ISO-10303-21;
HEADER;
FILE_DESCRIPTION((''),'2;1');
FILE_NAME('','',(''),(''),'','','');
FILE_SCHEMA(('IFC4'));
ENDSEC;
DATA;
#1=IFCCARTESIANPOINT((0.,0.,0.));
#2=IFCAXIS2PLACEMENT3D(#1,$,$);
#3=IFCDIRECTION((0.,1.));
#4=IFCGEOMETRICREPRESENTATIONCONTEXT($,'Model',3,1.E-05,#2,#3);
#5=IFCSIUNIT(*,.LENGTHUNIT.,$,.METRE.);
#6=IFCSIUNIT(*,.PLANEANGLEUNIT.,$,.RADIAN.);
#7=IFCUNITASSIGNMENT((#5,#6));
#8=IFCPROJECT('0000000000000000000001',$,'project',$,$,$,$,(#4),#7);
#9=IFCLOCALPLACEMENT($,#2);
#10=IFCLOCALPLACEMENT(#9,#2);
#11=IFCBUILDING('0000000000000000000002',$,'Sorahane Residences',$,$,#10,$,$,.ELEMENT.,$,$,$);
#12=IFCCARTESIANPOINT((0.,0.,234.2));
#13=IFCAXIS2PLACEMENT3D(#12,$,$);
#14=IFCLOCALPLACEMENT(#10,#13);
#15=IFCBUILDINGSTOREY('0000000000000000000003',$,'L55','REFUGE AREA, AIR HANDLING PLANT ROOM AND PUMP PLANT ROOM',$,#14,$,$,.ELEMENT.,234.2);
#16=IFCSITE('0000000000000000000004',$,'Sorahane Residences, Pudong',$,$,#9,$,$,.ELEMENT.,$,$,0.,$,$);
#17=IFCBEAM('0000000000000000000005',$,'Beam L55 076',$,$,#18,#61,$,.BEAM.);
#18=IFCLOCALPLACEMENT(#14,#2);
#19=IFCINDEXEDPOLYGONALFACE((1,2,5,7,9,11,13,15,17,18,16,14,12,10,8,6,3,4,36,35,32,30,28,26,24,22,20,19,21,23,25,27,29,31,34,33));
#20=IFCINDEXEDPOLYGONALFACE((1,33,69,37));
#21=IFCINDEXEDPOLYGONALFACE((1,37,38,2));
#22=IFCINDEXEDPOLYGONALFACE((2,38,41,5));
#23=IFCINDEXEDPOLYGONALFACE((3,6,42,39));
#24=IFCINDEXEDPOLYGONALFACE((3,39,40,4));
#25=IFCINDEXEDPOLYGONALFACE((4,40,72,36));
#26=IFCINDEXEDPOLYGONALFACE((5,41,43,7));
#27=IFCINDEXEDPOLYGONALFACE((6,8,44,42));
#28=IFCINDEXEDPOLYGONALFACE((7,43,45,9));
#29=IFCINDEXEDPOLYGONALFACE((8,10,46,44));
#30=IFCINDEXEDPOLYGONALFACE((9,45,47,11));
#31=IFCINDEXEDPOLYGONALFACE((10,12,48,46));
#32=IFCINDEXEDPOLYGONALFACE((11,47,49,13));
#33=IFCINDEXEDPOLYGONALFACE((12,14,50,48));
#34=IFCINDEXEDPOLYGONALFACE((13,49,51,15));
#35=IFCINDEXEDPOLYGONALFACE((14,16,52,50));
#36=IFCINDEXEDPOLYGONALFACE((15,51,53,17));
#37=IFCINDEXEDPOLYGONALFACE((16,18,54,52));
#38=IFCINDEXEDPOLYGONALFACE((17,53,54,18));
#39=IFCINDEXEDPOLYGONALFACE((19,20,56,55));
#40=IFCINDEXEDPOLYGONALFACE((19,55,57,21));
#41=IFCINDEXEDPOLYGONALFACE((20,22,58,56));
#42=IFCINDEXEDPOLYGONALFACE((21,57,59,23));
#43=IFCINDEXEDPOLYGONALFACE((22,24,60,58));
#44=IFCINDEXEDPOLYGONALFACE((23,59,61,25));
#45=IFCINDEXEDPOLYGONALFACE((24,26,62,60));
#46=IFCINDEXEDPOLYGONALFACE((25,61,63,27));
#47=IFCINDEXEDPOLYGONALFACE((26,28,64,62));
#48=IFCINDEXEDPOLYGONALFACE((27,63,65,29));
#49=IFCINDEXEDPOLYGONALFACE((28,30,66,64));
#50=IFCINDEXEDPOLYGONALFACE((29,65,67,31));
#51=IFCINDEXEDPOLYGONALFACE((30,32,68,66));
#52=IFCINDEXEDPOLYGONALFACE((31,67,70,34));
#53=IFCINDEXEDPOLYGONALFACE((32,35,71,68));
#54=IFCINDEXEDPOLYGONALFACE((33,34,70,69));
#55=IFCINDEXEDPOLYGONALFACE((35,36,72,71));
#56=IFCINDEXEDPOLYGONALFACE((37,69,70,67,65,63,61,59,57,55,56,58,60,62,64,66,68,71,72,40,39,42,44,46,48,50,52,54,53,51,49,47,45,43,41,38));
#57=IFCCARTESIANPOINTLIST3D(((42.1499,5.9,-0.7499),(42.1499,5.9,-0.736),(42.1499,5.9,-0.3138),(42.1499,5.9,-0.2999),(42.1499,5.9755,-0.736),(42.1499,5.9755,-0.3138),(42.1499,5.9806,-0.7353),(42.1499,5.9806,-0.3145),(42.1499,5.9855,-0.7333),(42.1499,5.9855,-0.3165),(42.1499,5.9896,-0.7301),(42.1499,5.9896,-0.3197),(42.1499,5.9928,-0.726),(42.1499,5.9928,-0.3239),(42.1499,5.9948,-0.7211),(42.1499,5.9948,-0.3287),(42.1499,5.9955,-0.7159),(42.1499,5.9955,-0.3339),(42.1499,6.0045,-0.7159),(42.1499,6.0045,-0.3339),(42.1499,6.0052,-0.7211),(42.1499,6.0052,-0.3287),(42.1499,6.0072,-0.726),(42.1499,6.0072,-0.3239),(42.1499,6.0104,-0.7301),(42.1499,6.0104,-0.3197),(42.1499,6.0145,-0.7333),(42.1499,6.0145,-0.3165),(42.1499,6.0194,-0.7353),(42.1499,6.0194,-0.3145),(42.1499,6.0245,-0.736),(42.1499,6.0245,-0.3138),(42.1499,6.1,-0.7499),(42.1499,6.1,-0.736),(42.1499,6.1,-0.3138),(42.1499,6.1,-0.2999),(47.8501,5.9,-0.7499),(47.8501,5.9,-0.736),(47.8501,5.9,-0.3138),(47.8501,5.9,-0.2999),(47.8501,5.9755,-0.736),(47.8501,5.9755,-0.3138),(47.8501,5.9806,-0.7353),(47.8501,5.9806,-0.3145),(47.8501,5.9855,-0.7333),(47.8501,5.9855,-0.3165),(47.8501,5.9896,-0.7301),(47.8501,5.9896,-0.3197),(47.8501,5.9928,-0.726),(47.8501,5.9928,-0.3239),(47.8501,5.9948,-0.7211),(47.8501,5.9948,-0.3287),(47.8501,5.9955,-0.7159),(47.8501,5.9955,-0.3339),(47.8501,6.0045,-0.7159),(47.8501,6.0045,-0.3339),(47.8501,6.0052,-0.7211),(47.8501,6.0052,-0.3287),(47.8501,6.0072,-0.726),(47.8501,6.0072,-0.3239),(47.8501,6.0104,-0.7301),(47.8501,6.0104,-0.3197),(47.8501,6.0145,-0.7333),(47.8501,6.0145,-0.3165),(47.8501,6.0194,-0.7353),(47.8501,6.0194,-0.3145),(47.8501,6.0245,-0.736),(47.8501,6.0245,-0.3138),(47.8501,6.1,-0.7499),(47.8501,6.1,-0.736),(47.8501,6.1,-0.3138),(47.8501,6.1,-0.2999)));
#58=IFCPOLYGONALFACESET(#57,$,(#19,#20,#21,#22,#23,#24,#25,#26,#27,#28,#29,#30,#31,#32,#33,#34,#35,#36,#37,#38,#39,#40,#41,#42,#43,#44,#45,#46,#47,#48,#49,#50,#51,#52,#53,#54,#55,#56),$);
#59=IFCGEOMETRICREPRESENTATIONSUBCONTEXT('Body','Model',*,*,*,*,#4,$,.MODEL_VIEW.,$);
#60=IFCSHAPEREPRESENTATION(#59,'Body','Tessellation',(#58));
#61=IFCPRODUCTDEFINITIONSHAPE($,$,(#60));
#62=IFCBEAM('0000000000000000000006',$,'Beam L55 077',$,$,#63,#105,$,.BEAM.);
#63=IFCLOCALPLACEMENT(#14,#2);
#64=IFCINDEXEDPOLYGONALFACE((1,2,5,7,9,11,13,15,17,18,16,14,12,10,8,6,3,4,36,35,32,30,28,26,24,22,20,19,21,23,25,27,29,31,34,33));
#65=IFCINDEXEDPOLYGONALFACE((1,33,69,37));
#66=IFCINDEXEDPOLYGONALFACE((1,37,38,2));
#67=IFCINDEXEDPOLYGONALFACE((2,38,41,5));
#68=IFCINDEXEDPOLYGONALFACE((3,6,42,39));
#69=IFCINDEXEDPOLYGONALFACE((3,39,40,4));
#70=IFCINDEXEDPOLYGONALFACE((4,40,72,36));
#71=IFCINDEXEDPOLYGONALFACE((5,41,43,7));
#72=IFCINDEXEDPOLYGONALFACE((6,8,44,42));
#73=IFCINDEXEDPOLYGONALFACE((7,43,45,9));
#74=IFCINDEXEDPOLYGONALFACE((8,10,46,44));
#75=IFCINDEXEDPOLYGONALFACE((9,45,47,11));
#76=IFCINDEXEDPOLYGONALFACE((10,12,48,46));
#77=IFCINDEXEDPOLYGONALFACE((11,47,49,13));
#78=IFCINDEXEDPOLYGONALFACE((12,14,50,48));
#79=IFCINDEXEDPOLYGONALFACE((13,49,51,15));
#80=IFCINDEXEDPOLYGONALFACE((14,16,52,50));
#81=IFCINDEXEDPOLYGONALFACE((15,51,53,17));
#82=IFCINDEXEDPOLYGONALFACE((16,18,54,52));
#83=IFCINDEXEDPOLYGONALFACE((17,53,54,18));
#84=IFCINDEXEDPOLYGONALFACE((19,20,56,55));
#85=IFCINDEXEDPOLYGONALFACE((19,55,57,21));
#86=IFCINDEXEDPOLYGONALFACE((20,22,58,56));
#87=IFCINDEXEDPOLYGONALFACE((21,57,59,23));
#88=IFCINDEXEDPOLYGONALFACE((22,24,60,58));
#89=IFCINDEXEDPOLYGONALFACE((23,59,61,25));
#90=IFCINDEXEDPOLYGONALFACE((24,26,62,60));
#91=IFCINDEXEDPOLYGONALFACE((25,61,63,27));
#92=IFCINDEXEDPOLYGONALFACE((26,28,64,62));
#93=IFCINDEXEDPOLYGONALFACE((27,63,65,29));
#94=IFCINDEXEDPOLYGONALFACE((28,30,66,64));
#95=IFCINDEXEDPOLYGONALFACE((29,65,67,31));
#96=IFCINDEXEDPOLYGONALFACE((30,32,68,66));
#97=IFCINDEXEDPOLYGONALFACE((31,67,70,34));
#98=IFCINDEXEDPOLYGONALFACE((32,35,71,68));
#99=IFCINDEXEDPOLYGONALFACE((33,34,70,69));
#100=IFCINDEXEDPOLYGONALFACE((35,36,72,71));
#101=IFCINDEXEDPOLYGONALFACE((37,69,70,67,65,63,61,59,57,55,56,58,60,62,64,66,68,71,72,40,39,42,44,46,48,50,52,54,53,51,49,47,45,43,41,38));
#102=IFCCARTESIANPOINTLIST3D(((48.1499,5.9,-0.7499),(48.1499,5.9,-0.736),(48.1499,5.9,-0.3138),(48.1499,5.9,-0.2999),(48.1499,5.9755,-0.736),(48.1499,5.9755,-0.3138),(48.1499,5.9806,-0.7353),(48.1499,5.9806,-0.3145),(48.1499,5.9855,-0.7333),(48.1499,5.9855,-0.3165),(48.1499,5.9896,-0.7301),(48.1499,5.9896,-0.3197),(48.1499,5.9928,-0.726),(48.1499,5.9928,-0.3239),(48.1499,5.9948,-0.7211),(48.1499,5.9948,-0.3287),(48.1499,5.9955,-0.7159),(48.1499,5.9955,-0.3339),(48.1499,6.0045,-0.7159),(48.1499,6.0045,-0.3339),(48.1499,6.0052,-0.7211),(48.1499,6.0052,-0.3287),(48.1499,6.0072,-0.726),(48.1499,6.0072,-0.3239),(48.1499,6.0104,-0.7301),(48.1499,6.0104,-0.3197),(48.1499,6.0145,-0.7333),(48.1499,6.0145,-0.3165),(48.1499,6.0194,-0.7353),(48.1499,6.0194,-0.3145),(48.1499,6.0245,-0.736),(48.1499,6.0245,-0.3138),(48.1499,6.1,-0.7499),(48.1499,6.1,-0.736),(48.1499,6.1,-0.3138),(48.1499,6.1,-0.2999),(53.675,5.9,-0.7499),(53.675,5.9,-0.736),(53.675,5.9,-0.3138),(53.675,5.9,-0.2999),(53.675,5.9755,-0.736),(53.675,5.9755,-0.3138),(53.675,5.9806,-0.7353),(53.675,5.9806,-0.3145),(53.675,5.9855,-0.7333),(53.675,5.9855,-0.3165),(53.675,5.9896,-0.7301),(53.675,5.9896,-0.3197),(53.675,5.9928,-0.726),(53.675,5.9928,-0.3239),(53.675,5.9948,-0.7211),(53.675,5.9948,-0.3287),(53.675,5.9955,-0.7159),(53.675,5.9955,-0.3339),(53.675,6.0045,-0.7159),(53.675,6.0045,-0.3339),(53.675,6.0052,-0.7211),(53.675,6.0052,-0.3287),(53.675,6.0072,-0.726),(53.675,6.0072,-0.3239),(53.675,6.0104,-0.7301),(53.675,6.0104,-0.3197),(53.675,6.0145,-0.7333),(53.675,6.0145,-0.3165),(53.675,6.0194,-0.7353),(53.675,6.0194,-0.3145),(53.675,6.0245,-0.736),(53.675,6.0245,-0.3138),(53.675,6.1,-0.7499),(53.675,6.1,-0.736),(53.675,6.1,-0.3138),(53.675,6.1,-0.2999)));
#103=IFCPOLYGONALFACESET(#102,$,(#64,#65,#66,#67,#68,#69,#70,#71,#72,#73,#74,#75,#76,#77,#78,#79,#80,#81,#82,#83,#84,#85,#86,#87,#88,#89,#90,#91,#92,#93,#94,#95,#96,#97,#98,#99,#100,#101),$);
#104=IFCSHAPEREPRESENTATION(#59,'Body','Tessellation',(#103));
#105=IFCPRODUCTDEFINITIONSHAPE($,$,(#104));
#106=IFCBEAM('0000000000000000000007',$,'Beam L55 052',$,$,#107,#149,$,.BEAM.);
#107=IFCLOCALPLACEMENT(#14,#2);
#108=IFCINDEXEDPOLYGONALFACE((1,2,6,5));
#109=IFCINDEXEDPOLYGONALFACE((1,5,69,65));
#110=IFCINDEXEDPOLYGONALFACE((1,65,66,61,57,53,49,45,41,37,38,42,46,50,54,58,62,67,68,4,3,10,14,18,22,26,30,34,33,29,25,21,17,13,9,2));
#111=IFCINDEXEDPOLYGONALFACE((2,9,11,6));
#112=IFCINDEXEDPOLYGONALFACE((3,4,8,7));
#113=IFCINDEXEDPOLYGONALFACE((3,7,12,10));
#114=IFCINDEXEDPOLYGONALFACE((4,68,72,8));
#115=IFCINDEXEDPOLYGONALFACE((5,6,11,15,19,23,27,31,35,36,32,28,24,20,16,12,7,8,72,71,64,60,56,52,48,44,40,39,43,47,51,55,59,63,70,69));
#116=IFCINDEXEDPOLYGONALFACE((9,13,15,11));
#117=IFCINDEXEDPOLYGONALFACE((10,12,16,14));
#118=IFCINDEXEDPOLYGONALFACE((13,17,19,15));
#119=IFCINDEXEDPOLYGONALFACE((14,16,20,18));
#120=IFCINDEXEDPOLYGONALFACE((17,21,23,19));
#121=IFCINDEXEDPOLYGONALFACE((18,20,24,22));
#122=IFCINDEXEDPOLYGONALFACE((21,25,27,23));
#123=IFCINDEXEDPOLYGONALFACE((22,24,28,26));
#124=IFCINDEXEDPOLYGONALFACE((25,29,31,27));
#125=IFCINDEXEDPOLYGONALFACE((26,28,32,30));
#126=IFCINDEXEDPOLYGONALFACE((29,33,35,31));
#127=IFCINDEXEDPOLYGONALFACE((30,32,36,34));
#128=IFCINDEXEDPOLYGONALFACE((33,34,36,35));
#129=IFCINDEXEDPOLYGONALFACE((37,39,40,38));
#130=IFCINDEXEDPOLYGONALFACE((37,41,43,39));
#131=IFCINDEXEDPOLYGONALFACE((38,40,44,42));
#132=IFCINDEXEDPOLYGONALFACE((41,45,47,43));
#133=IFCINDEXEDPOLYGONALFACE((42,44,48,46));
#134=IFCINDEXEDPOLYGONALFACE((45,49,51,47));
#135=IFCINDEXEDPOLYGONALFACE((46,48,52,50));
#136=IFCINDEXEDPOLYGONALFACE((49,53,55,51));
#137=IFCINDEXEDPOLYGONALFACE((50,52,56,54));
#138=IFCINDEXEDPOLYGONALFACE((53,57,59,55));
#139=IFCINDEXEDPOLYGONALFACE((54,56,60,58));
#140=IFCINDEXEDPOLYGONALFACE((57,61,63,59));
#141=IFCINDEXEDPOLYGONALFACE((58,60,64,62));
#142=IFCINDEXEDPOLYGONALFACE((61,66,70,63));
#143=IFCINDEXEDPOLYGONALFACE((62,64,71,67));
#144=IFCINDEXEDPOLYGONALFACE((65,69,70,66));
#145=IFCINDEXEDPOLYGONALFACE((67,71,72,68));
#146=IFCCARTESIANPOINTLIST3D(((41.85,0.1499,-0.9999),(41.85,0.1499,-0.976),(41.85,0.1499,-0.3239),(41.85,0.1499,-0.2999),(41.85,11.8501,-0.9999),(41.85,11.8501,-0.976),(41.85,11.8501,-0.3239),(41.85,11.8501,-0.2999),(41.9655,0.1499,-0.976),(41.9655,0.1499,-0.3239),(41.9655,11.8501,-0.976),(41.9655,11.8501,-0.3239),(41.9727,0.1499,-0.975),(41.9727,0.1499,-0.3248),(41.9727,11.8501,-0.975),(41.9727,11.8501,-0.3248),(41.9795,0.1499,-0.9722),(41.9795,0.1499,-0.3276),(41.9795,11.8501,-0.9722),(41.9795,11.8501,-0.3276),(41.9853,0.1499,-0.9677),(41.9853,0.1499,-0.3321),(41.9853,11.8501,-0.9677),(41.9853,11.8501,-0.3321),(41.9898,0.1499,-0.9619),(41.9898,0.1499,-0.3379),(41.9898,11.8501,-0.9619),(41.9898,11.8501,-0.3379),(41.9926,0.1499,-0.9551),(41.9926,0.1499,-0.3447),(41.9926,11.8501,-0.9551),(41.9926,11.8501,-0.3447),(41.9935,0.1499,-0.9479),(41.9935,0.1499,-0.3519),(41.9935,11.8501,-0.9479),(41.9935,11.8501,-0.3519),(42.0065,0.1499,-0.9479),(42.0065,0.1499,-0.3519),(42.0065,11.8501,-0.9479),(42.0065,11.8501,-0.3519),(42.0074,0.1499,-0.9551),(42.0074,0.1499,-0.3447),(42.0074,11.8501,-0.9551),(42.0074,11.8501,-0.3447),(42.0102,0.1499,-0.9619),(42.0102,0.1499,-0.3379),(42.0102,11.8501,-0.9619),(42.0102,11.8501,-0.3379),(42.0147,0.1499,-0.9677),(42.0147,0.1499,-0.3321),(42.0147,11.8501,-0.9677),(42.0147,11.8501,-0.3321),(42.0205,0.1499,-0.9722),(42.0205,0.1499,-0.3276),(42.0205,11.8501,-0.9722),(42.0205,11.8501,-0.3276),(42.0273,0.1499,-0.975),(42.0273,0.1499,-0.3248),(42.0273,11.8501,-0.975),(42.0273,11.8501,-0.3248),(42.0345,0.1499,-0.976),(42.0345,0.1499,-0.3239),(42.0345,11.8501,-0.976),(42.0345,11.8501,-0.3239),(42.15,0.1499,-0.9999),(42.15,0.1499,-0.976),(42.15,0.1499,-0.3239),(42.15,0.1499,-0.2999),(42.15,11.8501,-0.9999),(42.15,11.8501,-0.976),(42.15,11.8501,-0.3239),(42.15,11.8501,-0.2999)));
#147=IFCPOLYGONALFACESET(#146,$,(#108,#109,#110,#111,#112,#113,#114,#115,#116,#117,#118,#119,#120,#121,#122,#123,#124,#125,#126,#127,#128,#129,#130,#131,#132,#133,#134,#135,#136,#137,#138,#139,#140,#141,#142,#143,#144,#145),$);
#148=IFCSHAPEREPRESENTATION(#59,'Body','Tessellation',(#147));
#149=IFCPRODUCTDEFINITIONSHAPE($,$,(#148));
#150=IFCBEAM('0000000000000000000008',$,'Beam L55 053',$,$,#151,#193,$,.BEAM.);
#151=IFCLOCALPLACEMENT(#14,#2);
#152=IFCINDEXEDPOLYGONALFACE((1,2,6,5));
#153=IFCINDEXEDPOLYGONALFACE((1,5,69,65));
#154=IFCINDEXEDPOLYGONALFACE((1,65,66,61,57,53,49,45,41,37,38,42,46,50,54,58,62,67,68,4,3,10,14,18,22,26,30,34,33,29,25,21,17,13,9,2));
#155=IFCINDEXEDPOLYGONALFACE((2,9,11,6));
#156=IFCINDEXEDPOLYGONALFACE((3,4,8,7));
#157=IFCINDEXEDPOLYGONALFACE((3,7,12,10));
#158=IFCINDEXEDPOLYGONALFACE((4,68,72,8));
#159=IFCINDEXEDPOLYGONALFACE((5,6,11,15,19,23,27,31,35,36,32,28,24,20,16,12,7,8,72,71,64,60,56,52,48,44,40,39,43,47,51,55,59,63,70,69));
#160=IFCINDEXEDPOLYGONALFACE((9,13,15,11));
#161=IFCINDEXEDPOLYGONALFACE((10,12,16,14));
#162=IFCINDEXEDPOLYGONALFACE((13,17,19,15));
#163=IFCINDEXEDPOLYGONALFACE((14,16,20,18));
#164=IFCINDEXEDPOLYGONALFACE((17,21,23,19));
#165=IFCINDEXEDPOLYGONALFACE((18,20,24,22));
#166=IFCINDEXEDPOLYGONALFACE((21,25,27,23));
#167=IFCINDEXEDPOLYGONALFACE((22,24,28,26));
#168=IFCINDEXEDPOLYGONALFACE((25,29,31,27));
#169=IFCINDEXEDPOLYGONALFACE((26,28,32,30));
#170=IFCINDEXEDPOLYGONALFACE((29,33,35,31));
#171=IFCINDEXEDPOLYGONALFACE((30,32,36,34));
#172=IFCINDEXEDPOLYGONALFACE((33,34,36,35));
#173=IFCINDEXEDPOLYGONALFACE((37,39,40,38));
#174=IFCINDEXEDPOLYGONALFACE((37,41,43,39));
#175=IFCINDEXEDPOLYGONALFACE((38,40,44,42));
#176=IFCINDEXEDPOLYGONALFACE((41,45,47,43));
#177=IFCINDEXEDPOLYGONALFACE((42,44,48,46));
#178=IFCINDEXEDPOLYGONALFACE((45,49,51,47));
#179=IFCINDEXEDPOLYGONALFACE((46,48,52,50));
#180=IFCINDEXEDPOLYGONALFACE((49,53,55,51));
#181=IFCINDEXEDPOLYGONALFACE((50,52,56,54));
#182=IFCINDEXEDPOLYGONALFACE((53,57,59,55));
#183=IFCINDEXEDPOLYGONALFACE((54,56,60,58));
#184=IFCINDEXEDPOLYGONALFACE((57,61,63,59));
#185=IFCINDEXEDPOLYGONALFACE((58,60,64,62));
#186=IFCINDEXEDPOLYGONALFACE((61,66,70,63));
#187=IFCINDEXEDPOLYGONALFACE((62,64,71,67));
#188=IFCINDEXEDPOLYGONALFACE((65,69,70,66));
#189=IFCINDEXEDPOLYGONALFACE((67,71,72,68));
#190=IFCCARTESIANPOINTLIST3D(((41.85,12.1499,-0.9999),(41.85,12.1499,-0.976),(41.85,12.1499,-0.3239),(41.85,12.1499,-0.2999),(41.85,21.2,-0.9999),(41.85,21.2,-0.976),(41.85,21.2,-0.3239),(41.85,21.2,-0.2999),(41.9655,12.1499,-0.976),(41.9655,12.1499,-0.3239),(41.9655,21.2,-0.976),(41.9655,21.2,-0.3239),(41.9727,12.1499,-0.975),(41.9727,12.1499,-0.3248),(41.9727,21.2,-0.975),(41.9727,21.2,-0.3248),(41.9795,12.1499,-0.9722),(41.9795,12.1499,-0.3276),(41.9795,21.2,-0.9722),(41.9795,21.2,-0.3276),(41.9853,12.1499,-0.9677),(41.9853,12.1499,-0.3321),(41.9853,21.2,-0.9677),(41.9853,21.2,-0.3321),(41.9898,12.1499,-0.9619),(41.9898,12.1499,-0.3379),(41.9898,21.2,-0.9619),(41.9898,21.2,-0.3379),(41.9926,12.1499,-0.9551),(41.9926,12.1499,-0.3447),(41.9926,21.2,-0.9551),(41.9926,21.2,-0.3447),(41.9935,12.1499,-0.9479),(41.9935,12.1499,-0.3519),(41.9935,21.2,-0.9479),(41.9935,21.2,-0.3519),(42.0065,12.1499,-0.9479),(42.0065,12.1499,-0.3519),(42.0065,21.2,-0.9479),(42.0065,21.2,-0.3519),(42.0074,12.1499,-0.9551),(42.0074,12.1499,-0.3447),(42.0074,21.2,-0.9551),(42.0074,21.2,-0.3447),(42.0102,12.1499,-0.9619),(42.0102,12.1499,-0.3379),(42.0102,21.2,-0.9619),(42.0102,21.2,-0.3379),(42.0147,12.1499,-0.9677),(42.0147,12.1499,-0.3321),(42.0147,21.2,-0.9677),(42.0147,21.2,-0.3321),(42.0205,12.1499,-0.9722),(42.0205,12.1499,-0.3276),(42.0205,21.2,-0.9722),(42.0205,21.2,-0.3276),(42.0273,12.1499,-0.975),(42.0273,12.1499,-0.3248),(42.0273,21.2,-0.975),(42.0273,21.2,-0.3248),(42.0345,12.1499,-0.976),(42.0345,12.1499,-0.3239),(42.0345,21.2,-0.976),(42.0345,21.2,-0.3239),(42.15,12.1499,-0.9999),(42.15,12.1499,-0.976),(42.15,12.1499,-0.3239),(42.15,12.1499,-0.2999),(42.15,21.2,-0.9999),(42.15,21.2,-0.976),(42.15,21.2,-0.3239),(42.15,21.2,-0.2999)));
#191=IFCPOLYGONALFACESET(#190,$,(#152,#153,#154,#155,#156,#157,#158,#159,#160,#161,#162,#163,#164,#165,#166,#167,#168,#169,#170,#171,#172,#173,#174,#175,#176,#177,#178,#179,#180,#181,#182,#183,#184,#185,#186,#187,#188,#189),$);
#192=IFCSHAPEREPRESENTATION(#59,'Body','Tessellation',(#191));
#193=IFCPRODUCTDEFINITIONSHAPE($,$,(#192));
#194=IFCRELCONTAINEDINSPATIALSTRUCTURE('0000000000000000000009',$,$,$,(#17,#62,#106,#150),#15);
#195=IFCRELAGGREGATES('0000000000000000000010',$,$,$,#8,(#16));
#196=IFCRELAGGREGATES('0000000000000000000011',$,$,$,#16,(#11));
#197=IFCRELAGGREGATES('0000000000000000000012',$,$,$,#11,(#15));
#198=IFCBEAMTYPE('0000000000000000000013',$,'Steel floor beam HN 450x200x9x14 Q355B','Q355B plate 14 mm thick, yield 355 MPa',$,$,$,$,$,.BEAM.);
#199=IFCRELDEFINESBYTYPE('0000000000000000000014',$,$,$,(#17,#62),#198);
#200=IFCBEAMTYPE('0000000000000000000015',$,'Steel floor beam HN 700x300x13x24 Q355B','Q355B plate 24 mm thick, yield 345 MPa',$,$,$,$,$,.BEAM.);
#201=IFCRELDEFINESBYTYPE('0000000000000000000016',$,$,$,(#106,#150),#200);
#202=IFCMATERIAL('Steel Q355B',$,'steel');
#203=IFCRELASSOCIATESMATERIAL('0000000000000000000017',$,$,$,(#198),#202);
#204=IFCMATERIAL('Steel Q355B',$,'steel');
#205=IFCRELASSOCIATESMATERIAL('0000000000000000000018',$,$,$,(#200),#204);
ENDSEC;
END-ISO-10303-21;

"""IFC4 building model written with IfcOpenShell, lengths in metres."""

from ifc_helpers import new_model, si_unit, direction, frame, origin, origin_2d, place, context, subcontext, project, spatial, i_section, extrude, material, material_profile, profile_set, type_object, element, save


model = new_model("IFC4")

# Units and contexts
model_context = context("Model", 3, precision=1e-05, world=origin(), true_north=direction((0.0, 1.0)))
body_context = subcontext(model_context, "Body", "Model", "MODEL_VIEW")
ifc_project = project(units=[si_unit("LENGTHUNIT", "METRE"), si_unit("PLANEANGLEUNIT", "RADIAN")], contexts=[model_context])

# Site, building, storey
site_placement = place(None, origin())
site = spatial("IfcSite", under=ifc_project, at=site_placement, Name="Sorahane Residences, Pudong", CompositionType="ELEMENT", RefElevation=0.0)
building_placement = place(site_placement, origin())
building = spatial("IfcBuilding", under=site, at=building_placement, Name="Sorahane Residences", CompositionType="ELEMENT")
storey_placement = place(building_placement, frame((0.0, 0.0, 234.2)))
storey = spatial("IfcBuildingStorey", under=building, at=storey_placement, Name="L55", Description="REFUGE AREA, AIR HANDLING PLANT ROOM AND PUMP PLANT ROOM", CompositionType="ELEMENT", Elevation=234.2)

# Beams
ifc_material_1 = material(Name="Steel Q355B", Category="steel")
ifc_material_profile_1 = material_profile(ifc_material_1, i_section(OverallWidth=0.2, OverallDepth=0.45, WebThickness=0.009, FlangeThickness=0.0139, FilletRadius=0.02, at=origin_2d()), Name="HN 450x200x9x14")
ifc_profile_set_1 = profile_set([ifc_material_profile_1], Name="Steel Q355B")
beam_type_1 = type_object("IfcBeamType", Name="Steel floor beam HN 450x200x9x14 Q355B", Description="Q355B plate 14 mm thick, yield 355 MPa", PredefinedType="BEAM", material=ifc_profile_set_1)
beam_1_placement = place(storey_placement, frame((42.1499, 6.0, -0.5249), z_axis=(1.0, 0.0, 0.0), x_axis=(0.0, 1.0, 0.0)))
element("IfcBeam", 1, at=beam_1_placement, inside=storey, type_object=beam_type_1, Name="Beam L55 076", PredefinedType="BEAM", context=body_context, shape_type="SweptSolid", body=[
    extrude(i_section(OverallWidth=0.2, OverallDepth=0.45, WebThickness=0.009, FlangeThickness=0.0139, FilletRadius=0.02, at=origin_2d()), origin(), (0.0, 0.0, 1.0), 5.7002),
])
beam_2_placement = place(storey_placement, frame((48.1499, 6.0, -0.5249), z_axis=(1.0, 0.0, 0.0), x_axis=(0.0, 1.0, 0.0)))
element("IfcBeam", 2, at=beam_2_placement, inside=storey, type_object=beam_type_1, Name="Beam L55 077", PredefinedType="BEAM", context=body_context, shape_type="SweptSolid", body=[
    extrude(i_section(OverallWidth=0.2, OverallDepth=0.45, WebThickness=0.009, FlangeThickness=0.0139, FilletRadius=0.02, at=origin_2d()), origin(), (0.0, 0.0, 1.0), 5.5251),
])
ifc_material_2 = material(Name="Steel Q355B", Category="steel")
ifc_material_profile_2 = material_profile(ifc_material_2, i_section(OverallWidth=0.3, OverallDepth=0.7, WebThickness=0.0129, FlangeThickness=0.0239, FilletRadius=0.0281, at=origin_2d()), Name="HN 700x300x13x24")
ifc_profile_set_2 = profile_set([ifc_material_profile_2], Name="Steel Q355B")
beam_type_2 = type_object("IfcBeamType", Name="Steel floor beam HN 700x300x13x24 Q355B", Description="Q355B plate 24 mm thick, yield 345 MPa", PredefinedType="BEAM", material=ifc_profile_set_2)
beam_3_placement = place(storey_placement, frame((42.0, 0.1499, -0.6499), z_axis=(0.0, 1.0, 0.0), x_axis=(-1.0, 0.0, 0.0)))
element("IfcBeam", 3, at=beam_3_placement, inside=storey, type_object=beam_type_2, Name="Beam L55 052", PredefinedType="BEAM", context=body_context, shape_type="SweptSolid", body=[
    extrude(i_section(OverallWidth=0.3, OverallDepth=0.7, WebThickness=0.0129, FlangeThickness=0.0239, FilletRadius=0.0281, at=origin_2d()), origin(), (0.0, 0.0, 1.0), 11.7002),
])
beam_4_placement = place(storey_placement, frame((42.0, 12.1499, -0.6499), z_axis=(0.0, 1.0, 0.0), x_axis=(-1.0, 0.0, 0.0)))
element("IfcBeam", 4, at=beam_4_placement, inside=storey, type_object=beam_type_2, Name="Beam L55 053", PredefinedType="BEAM", context=body_context, shape_type="SweptSolid", body=[
    extrude(i_section(OverallWidth=0.3, OverallDepth=0.7, WebThickness=0.0129, FlangeThickness=0.0239, FilletRadius=0.0281, at=origin_2d()), origin(), (0.0, 0.0, 1.0), 9.05),
])

save(model, "model.ifc")
